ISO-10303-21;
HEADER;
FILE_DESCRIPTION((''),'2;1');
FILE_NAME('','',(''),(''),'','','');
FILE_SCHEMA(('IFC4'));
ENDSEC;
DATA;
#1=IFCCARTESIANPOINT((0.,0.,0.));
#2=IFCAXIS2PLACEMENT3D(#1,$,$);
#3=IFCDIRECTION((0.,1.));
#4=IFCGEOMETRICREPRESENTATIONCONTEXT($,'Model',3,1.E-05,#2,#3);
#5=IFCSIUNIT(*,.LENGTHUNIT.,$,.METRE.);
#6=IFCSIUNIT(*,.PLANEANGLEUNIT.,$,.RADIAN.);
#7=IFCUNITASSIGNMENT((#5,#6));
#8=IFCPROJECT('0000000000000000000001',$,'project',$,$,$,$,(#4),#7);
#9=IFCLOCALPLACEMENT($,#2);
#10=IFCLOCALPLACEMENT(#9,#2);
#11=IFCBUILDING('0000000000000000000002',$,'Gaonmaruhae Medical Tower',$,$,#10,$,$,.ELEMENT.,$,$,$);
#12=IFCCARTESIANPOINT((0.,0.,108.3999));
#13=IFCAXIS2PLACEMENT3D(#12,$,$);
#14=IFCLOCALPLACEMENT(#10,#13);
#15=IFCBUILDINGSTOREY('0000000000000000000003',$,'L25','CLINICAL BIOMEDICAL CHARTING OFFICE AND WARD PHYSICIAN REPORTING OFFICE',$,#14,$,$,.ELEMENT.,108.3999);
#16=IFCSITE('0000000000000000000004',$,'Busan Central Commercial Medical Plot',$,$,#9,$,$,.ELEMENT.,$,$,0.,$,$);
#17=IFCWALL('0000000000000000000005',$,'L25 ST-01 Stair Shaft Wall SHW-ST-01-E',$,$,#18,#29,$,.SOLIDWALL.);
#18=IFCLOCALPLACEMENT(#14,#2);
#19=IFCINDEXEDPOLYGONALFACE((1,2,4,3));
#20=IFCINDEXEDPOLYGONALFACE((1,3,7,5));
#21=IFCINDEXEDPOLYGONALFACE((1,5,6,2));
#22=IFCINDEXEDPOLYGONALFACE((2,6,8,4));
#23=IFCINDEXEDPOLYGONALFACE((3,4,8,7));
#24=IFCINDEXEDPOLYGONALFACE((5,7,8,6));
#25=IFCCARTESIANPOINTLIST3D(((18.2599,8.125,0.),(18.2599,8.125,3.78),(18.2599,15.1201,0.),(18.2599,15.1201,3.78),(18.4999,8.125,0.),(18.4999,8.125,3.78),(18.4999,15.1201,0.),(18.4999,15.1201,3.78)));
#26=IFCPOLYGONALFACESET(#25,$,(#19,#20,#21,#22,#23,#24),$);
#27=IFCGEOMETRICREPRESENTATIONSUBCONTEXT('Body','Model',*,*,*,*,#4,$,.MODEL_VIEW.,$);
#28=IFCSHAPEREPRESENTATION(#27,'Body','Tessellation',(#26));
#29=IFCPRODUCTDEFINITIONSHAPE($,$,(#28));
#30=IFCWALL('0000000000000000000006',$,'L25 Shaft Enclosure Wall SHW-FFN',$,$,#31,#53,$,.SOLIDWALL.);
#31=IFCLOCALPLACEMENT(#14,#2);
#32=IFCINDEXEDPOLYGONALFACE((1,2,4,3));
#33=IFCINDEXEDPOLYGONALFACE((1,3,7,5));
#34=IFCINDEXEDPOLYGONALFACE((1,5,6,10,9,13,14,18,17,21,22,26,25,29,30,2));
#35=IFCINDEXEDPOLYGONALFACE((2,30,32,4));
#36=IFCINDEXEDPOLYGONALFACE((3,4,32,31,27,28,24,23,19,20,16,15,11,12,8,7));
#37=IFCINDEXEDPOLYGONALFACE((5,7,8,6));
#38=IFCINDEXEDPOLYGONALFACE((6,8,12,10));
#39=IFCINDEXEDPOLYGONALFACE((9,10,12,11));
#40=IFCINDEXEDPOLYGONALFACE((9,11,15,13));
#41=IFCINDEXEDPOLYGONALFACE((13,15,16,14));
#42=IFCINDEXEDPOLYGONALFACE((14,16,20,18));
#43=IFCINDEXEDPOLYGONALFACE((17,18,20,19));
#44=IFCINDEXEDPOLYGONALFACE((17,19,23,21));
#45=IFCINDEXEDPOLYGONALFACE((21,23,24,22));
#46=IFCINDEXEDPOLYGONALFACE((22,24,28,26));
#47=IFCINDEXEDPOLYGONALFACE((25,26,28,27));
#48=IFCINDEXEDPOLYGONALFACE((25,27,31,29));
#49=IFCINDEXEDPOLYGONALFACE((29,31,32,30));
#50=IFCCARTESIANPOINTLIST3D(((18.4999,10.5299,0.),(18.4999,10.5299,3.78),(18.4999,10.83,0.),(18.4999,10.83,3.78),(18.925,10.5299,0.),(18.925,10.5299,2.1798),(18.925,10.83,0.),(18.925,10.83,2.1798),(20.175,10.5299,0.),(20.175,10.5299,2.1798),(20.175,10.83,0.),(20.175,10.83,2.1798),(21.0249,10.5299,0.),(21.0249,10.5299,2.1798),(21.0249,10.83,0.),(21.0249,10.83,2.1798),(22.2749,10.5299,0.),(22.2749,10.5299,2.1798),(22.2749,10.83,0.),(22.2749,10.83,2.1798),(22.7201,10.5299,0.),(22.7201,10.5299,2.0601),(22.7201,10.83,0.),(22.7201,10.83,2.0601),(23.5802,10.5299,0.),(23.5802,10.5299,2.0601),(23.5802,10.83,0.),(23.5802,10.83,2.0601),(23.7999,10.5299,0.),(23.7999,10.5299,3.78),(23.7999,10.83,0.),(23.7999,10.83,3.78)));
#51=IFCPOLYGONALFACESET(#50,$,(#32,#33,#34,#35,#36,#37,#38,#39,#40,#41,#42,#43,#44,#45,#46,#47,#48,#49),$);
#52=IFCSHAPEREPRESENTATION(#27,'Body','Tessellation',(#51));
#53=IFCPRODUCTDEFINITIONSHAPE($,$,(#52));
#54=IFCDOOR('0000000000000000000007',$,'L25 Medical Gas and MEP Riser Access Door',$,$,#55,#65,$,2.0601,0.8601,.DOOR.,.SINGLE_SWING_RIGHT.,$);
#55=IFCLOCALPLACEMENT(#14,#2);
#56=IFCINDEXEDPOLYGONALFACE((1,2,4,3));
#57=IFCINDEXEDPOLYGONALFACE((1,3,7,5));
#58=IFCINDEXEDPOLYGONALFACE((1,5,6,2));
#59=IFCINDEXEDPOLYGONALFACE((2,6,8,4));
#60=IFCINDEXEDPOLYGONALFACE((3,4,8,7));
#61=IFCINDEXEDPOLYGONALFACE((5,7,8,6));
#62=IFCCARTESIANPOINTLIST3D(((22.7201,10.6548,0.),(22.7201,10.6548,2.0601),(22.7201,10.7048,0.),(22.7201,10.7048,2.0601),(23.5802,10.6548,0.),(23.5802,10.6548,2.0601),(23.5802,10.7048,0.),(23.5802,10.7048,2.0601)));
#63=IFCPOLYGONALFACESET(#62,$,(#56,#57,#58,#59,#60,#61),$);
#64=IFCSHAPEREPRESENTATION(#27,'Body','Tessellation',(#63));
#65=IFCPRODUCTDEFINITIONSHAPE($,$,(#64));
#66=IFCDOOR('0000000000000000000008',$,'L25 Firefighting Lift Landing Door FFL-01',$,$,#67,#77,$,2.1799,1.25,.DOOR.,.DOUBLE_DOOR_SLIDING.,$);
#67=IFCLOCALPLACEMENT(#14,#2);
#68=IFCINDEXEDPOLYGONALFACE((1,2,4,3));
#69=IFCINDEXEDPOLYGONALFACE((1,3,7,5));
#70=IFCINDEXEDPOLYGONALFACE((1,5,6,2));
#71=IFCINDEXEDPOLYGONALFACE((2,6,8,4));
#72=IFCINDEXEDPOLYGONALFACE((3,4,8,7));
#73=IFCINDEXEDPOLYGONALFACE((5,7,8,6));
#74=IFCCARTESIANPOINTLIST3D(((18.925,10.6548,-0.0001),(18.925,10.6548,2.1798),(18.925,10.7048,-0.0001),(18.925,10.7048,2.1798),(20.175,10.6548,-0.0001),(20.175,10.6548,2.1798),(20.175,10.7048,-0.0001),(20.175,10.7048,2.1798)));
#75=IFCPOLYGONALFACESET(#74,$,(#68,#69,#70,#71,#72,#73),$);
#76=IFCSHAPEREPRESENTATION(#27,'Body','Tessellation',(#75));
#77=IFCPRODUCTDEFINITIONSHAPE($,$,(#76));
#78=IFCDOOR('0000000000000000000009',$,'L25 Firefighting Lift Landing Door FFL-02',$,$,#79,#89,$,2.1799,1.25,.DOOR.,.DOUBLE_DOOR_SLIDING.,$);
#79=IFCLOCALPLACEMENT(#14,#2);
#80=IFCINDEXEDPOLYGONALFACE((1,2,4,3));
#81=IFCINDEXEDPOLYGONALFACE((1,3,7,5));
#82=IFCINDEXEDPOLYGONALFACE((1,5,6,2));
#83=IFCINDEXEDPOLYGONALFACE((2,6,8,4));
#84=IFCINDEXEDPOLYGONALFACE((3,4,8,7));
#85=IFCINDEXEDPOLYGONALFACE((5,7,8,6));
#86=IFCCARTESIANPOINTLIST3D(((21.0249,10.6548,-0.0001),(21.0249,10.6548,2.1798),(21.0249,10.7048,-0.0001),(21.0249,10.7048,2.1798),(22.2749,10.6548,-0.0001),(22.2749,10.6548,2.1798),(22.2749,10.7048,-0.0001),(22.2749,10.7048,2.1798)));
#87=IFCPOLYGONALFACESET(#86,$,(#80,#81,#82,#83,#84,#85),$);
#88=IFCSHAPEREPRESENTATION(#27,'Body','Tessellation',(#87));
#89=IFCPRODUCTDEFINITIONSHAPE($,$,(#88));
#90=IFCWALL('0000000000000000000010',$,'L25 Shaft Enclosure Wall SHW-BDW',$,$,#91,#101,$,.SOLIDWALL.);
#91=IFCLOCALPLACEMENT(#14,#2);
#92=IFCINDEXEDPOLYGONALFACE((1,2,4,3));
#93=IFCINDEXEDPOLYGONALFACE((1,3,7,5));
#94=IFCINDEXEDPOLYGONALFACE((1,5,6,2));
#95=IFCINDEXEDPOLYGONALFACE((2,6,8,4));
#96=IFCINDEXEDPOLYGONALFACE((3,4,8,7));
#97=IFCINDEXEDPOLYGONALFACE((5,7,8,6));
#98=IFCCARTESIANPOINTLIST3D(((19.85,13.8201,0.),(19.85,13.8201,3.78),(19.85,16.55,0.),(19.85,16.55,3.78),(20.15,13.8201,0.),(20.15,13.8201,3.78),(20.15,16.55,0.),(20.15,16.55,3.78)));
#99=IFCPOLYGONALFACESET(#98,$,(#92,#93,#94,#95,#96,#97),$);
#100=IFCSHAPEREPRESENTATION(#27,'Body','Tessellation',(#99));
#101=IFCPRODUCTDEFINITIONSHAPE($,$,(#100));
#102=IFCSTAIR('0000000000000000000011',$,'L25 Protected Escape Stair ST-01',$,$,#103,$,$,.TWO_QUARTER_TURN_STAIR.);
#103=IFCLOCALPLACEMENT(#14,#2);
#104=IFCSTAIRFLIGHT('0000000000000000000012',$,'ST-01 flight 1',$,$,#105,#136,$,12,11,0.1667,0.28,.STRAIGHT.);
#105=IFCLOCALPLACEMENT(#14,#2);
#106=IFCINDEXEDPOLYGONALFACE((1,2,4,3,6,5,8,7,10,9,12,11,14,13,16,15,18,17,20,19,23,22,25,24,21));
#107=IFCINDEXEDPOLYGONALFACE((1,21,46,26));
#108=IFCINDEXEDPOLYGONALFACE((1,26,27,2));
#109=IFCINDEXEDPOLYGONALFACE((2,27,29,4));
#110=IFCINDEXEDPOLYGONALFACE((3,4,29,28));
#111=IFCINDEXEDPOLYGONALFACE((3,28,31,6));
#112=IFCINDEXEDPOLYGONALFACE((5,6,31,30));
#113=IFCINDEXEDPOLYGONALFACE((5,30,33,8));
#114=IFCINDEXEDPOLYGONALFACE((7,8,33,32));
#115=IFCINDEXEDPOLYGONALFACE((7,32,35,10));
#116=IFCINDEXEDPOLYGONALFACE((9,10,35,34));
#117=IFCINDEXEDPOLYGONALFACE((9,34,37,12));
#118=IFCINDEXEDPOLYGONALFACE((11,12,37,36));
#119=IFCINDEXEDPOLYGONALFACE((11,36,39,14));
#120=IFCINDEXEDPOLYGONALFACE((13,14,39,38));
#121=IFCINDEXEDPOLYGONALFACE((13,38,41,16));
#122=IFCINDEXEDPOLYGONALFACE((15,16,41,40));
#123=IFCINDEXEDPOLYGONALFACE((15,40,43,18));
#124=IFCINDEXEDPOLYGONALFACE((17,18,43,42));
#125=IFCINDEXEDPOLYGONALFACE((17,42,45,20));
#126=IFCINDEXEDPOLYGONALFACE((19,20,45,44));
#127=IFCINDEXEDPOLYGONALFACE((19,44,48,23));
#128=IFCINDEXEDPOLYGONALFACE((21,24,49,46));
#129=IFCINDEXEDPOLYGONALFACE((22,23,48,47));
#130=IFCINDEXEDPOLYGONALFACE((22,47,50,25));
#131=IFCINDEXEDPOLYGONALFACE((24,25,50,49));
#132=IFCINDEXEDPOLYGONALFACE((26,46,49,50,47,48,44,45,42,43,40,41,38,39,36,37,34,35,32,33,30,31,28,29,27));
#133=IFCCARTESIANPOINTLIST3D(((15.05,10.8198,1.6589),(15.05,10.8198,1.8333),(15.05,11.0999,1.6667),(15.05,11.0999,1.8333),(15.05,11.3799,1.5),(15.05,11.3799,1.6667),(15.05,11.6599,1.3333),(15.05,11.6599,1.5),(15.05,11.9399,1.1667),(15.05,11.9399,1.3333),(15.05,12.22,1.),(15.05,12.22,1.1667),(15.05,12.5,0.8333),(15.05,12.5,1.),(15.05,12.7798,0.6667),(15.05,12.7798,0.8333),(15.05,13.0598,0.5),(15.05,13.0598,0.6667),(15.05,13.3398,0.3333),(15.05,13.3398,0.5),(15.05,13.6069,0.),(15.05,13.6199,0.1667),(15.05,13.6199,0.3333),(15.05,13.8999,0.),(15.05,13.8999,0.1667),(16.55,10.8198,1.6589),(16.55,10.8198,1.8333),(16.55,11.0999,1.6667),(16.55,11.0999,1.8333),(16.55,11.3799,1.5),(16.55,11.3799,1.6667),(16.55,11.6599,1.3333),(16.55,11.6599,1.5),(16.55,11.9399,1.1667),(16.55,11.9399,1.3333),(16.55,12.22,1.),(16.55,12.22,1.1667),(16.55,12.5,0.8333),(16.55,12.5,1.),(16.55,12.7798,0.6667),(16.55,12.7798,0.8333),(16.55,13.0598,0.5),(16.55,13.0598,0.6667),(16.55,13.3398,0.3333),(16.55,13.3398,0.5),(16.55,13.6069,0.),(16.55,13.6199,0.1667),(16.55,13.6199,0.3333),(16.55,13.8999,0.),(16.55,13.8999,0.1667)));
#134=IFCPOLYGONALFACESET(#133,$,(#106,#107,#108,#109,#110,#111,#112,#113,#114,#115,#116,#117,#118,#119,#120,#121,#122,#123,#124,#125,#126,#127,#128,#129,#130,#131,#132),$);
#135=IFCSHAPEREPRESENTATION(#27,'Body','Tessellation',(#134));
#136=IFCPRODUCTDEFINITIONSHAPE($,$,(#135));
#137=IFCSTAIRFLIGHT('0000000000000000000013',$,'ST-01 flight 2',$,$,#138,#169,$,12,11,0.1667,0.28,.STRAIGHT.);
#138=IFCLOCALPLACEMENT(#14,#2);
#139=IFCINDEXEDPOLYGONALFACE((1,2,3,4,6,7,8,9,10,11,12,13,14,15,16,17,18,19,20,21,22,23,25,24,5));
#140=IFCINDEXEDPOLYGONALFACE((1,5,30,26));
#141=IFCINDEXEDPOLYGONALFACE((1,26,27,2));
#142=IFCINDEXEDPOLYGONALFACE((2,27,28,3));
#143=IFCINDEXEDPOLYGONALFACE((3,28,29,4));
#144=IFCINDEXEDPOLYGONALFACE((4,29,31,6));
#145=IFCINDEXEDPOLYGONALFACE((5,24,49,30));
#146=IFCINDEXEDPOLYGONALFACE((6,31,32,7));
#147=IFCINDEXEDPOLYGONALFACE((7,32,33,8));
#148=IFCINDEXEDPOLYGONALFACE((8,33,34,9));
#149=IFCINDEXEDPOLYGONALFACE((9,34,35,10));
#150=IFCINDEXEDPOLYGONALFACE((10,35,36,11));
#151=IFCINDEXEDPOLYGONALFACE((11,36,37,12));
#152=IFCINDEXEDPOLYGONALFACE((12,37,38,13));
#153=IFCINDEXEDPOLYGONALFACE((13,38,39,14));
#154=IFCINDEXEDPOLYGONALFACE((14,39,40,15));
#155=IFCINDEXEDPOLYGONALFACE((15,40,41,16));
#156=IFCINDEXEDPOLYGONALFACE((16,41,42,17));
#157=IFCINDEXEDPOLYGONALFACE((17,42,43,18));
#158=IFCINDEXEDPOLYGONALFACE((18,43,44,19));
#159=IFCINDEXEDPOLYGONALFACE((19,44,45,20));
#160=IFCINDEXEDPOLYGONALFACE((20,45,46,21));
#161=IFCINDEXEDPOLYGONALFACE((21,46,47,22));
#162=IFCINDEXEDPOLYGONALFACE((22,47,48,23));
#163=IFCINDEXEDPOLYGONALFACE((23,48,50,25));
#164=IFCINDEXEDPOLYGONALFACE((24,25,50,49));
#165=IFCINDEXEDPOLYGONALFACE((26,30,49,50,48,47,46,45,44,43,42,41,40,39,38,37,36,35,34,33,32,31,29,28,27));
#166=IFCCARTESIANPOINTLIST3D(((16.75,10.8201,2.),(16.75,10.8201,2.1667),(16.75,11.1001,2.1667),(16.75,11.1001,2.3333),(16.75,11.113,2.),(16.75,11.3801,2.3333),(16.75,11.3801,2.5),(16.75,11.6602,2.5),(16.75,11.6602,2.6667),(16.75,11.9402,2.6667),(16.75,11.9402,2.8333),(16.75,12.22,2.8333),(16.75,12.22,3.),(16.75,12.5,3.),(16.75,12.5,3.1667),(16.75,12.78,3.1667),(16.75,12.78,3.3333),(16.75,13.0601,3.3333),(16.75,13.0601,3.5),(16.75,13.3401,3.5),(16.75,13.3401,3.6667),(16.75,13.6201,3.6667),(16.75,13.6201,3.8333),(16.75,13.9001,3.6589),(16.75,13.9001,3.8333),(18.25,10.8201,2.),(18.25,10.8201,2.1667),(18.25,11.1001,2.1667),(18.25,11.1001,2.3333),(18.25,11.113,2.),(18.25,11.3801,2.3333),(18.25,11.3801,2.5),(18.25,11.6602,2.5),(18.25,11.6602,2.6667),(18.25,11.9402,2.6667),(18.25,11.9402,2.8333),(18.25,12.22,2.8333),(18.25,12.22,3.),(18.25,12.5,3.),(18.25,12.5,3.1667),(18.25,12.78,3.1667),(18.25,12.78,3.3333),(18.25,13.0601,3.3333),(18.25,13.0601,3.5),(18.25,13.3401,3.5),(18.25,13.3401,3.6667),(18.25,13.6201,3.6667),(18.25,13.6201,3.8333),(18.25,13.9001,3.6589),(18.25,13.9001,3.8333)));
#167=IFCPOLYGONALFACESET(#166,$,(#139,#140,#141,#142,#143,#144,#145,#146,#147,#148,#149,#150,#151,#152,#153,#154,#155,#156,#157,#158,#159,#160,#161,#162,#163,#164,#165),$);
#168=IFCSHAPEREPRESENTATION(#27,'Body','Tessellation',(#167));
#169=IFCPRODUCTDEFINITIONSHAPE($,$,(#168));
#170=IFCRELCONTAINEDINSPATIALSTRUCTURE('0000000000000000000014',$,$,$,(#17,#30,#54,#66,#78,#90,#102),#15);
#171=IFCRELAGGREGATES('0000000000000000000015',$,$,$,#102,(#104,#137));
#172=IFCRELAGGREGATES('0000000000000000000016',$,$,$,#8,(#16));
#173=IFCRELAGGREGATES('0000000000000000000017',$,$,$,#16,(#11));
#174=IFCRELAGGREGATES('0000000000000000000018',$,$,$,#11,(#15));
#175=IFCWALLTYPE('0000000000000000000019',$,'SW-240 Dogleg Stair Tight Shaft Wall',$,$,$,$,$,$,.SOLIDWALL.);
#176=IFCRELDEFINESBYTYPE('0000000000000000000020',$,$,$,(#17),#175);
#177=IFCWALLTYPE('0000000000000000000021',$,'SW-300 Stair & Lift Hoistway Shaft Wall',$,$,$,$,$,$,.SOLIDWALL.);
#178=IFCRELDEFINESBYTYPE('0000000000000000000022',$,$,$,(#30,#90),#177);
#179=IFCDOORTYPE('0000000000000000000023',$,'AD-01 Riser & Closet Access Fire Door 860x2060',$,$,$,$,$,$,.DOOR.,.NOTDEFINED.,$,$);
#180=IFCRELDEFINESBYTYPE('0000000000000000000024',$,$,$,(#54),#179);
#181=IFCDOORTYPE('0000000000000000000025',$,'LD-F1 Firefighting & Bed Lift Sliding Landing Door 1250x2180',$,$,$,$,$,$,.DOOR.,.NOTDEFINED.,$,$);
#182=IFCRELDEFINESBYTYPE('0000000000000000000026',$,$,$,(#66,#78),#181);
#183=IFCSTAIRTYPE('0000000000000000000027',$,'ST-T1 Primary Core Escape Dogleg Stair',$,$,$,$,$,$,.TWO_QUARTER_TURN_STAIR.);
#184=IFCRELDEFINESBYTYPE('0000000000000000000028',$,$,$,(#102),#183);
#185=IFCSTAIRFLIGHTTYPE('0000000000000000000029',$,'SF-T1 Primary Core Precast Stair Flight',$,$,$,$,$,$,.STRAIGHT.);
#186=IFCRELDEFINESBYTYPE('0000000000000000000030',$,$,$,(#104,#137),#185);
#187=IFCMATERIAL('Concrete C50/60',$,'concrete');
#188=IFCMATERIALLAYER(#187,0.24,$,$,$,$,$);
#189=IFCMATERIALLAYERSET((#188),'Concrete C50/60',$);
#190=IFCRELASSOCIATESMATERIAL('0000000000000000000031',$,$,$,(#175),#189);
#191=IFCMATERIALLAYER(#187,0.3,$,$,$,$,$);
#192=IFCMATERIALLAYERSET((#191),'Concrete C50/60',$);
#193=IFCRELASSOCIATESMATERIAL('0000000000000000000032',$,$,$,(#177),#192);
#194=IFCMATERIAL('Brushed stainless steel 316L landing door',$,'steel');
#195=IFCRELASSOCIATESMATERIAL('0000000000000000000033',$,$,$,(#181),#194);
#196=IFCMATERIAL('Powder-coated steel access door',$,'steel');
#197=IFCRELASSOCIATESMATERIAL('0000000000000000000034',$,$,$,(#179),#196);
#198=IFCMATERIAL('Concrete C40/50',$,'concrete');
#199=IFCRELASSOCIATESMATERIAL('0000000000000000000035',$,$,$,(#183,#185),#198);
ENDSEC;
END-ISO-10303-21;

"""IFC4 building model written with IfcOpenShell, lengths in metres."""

from ifc_helpers import new_model, si_unit, direction, frame, frame_2d, origin, place, context, subcontext, project, spatial, polyline, rectangle, outline, extrude, material, layer, layer_set, type_object, element, fill, aggregate, save


model = new_model("IFC4")

# Units and contexts
model_context = context("Model", 3, precision=1e-05, world=origin(), true_north=direction((0.0, 1.0)))
body_context = subcontext(model_context, "Body", "Model", "MODEL_VIEW")
ifc_project = project(units=[si_unit("LENGTHUNIT", "METRE"), si_unit("PLANEANGLEUNIT", "RADIAN")], contexts=[model_context])

# Site, building, storey
site_placement = place(None, origin())
site = spatial("IfcSite", under=ifc_project, at=site_placement, Name="Busan Central Commercial Medical Plot", CompositionType="ELEMENT", RefElevation=0.0)
building_placement = place(site_placement, origin())
building = spatial("IfcBuilding", under=site, at=building_placement, Name="Gaonmaruhae Medical Tower", CompositionType="ELEMENT")
storey_placement = place(building_placement, frame((0.0, 0.0, 108.3999)))
storey = spatial("IfcBuildingStorey", under=building, at=storey_placement, Name="L25", Description="CLINICAL BIOMEDICAL CHARTING OFFICE AND WARD PHYSICIAN REPORTING OFFICE", CompositionType="ELEMENT", Elevation=108.3999)

# Shared definitions
ifc_material_1 = material(Name="Concrete C50/60", Category="concrete")
ifc_layer_1 = layer(ifc_material_1, 0.24)
ifc_layer_set_1 = layer_set([ifc_layer_1], Name="Concrete C50/60")
wall_type_1 = type_object("IfcWallType", Name="SW-240 Dogleg Stair Tight Shaft Wall", PredefinedType="SOLIDWALL", material=ifc_layer_set_1)

# Wall
wall_1_placement = place(storey_placement, frame((18.3799, 15.1201, 0.0), z_axis=(0.0, 0.0, 1.0), x_axis=(0.0, -1.0, 0.0)))
element("IfcWall", 1, at=wall_1_placement, inside=storey, type_object=wall_type_1, Name="L25 ST-01 Stair Shaft Wall SHW-ST-01-E", PredefinedType="SOLIDWALL", context=body_context, shape_type="SweptSolid", body=[
    extrude(rectangle(XDim=6.9951, YDim=0.24, at=frame_2d((3.4976, 0.0))), origin(), (0.0, 0.0, 1.0), 3.78),
])

# Wall, openings, doors
ifc_layer_2 = layer(ifc_material_1, 0.3)
ifc_layer_set_2 = layer_set([ifc_layer_2], Name="Concrete C50/60")
wall_type_2 = type_object("IfcWallType", Name="SW-300 Stair & Lift Hoistway Shaft Wall", PredefinedType="SOLIDWALL", material=ifc_layer_set_2)
ifc_material_2 = material(Name="Brushed stainless steel 316L landing door", Category="steel")
door_type_1 = type_object("IfcDoorType", Name="LD-F1 Firefighting & Bed Lift Sliding Landing Door 1250x2180", OperationType="NOTDEFINED", PredefinedType="DOOR", material=ifc_material_2)
wall_2_placement = place(storey_placement, frame((18.5, 10.6799, 0.0), z_axis=(0.0, 0.0, 1.0), x_axis=(1.0, 0.0, 0.0)))
wall_2 = element("IfcWall", 2, at=wall_2_placement, inside=storey, type_object=wall_type_2, Name="L25 Shaft Enclosure Wall SHW-FFN", PredefinedType="SOLIDWALL", context=body_context, shape_type="SweptSolid", body=[
    extrude(rectangle(XDim=5.3, YDim=0.3, at=frame_2d((2.6499, 0.0))), origin(), (0.0, 0.0, 1.0), 3.78),
])
opening_1_placement = place(wall_2_placement, frame((4.22, 0.0, 0.0)))
opening_1 = element("IfcOpeningElement", 3, at=opening_1_placement, cuts=wall_2, PredefinedType="OPENING", context=body_context, shape_type="SweptSolid", body=[
    extrude(rectangle(XDim=0.8601, YDim=2.0601, at=frame_2d((0.4302, 1.03))), frame((0.0, 0.1602, 0.0), z_axis=(0.0, -1.0, 0.0), x_axis=(1.0, 0.0, 0.0)), (0.0, 0.0, 1.0), 0.3201),
])
opening_2_placement = place(wall_2_placement, frame((0.425, 0.0, 0.0)))
opening_2 = element("IfcOpeningElement", 4, at=opening_2_placement, cuts=wall_2, PredefinedType="OPENING", context=body_context, shape_type="SweptSolid", body=[
    extrude(rectangle(XDim=1.25, YDim=2.1799, at=frame_2d((0.625, 1.0898))), frame((0.0, 0.1602, 0.0), z_axis=(0.0, -1.0, 0.0), x_axis=(1.0, 0.0, 0.0)), (0.0, 0.0, 1.0), 0.3201),
])
opening_3_placement = place(wall_2_placement, frame((2.5249, 0.0, 0.0)))
opening_3 = element("IfcOpeningElement", 5, at=opening_3_placement, cuts=wall_2, PredefinedType="OPENING", context=body_context, shape_type="SweptSolid", body=[
    extrude(rectangle(XDim=1.25, YDim=2.1799, at=frame_2d((0.625, 1.0898))), frame((0.0, 0.1602, 0.0), z_axis=(0.0, -1.0, 0.0), x_axis=(1.0, 0.0, 0.0)), (0.0, 0.0, 1.0), 0.3201),
])
ifc_material_3 = material(Name="Powder-coated steel access door", Category="steel")
door_type_2 = type_object("IfcDoorType", Name="AD-01 Riser & Closet Access Fire Door 860x2060", OperationType="NOTDEFINED", PredefinedType="DOOR", material=ifc_material_3)
door_1_placement = place(opening_1_placement, origin())
door_1 = element("IfcDoor", 6, at=door_1_placement, inside=storey, type_object=door_type_2, Name="L25 Medical Gas and MEP Riser Access Door", OperationType="SINGLE_SWING_RIGHT", OverallHeight=2.0601, OverallWidth=0.8601, PredefinedType="DOOR", context=body_context, shape_type="SweptSolid", body=[
    extrude(rectangle(XDim=0.8601, YDim=2.0601, at=frame_2d((0.4302, 1.03))), frame((0.0, 0.0249, 0.0), z_axis=(0.0, -1.0, 0.0), x_axis=(1.0, 0.0, 0.0)), (0.0, 0.0, 1.0), 0.05),
])
fill(opening_1, door_1)
door_2_placement = place(opening_2_placement, origin())
door_2 = element("IfcDoor", 7, at=door_2_placement, inside=storey, type_object=door_type_1, Name="L25 Firefighting Lift Landing Door FFL-01", OperationType="DOUBLE_DOOR_SLIDING", OverallHeight=2.1799, OverallWidth=1.25, PredefinedType="DOOR", context=body_context, shape_type="SweptSolid", body=[
    extrude(rectangle(XDim=1.25, YDim=2.1799, at=frame_2d((0.625, 1.0898))), frame((0.0, 0.0249, 0.0), z_axis=(0.0, -1.0, 0.0), x_axis=(1.0, 0.0, 0.0)), (0.0, 0.0, 1.0), 0.05),
])
fill(opening_2, door_2)
door_3_placement = place(opening_3_placement, origin())
door_3 = element("IfcDoor", 8, at=door_3_placement, inside=storey, type_object=door_type_1, Name="L25 Firefighting Lift Landing Door FFL-02", OperationType="DOUBLE_DOOR_SLIDING", OverallHeight=2.1799, OverallWidth=1.25, PredefinedType="DOOR", context=body_context, shape_type="SweptSolid", body=[
    extrude(rectangle(XDim=1.25, YDim=2.1799, at=frame_2d((0.625, 1.0898))), frame((0.0, 0.0249, 0.0), z_axis=(0.0, -1.0, 0.0), x_axis=(1.0, 0.0, 0.0)), (0.0, 0.0, 1.0), 0.05),
])
fill(opening_3, door_3)

# Wall
wall_3_placement = place(storey_placement, frame((20.0, 13.8201, 0.0), z_axis=(0.0, 0.0, 1.0), x_axis=(0.0, 1.0, 0.0)))
element("IfcWall", 9, at=wall_3_placement, inside=storey, type_object=wall_type_2, Name="L25 Shaft Enclosure Wall SHW-BDW", PredefinedType="SOLIDWALL", context=body_context, shape_type="SweptSolid", body=[
    extrude(rectangle(XDim=2.73, YDim=0.3, at=frame_2d((1.365, 0.0))), origin(), (0.0, 0.0, 1.0), 3.78),
])

# Stair, stair flights
ifc_material_4 = material(Name="Concrete C40/50", Category="concrete")
stair_type = type_object("IfcStairType", Name="ST-T1 Primary Core Escape Dogleg Stair", PredefinedType="TWO_QUARTER_TURN_STAIR", material=ifc_material_4)
stair_placement = place(storey_placement, origin())
stair = element("IfcStair", 10, at=stair_placement, inside=storey, type_object=stair_type, Name="L25 Protected Escape Stair ST-01", PredefinedType="TWO_QUARTER_TURN_STAIR")
stair_flight_type = type_object("IfcStairFlightType", Name="SF-T1 Primary Core Precast Stair Flight", PredefinedType="STRAIGHT", material=ifc_material_4)
stair_flight_1_placement = place(storey_placement, frame((15.8, 13.8999, 0.0), z_axis=(0.0, 0.0, 1.0), x_axis=(0.0, -1.0, 0.0)))
stair_flight_1 = element("IfcStairFlight", 11, at=stair_flight_1_placement, type_object=stair_flight_type, Name="ST-01 flight 1", NumberOfRisers=12, NumberOfTreads=11, PredefinedType="STRAIGHT", RiserHeight=0.1667, TreadLength=0.28, context=body_context, shape_type="SweptSolid", body=[
    extrude(outline(polyline([(0.0, 0.0), (0.0, 0.1667), (0.28, 0.1667), (0.28, 0.3333), (0.5601, 0.3333), (0.5601, 0.5), (0.8401, 0.5), (0.8401, 0.6667), (1.1201, 0.6667), (1.1201, 0.8333), (1.3999, 0.8333), (1.3999, 1.0), (1.6799, 1.0), (1.6799, 1.1667), (1.96, 1.1667), (1.96, 1.3333), (2.24, 1.3333), (2.24, 1.5), (2.52, 1.5), (2.52, 1.6667), (2.8, 1.6667), (2.8, 1.8333), (3.0801, 1.8333), (3.0801, 2.0), (3.0801, 1.6589), (0.293, 0.0), (0.0, 0.0)])), frame((0.0, 0.75, 0.0), z_axis=(0.0, -1.0, 0.0), x_axis=(1.0, 0.0, 0.0)), (0.0, 0.0, 1.0), 1.5),
])
stair_flight_2_placement = place(storey_placement, frame((17.5, 10.8201, 2.0), z_axis=(0.0, 0.0, 1.0), x_axis=(0.0, 1.0, 0.0)))
stair_flight_2 = element("IfcStairFlight", 12, at=stair_flight_2_placement, type_object=stair_flight_type, Name="ST-01 flight 2", NumberOfRisers=12, NumberOfTreads=11, PredefinedType="STRAIGHT", RiserHeight=0.1667, TreadLength=0.28, context=body_context, shape_type="SweptSolid", body=[
    extrude(outline(polyline([(0.0, 0.0), (0.0, 0.1667), (0.28, 0.1667), (0.28, 0.3333), (0.5601, 0.3333), (0.5601, 0.5), (0.8401, 0.5), (0.8401, 0.6667), (1.1201, 0.6667), (1.1201, 0.8333), (1.3999, 0.8333), (1.3999, 1.0), (1.6799, 1.0), (1.6799, 1.1667), (1.96, 1.1667), (1.96, 1.3333), (2.24, 1.3333), (2.24, 1.5), (2.52, 1.5), (2.52, 1.6667), (2.8, 1.6667), (2.8, 1.8333), (3.0801, 1.8333), (3.0801, 2.0), (3.0801, 1.6589), (0.293, 0.0), (0.0, 0.0)])), frame((0.0, 0.75, 0.0), z_axis=(0.0, -1.0, 0.0), x_axis=(1.0, 0.0, 0.0)), (0.0, 0.0, 1.0), 1.5),
])
aggregate(stair, [stair_flight_1, stair_flight_2])

save(model, "model.ifc")
